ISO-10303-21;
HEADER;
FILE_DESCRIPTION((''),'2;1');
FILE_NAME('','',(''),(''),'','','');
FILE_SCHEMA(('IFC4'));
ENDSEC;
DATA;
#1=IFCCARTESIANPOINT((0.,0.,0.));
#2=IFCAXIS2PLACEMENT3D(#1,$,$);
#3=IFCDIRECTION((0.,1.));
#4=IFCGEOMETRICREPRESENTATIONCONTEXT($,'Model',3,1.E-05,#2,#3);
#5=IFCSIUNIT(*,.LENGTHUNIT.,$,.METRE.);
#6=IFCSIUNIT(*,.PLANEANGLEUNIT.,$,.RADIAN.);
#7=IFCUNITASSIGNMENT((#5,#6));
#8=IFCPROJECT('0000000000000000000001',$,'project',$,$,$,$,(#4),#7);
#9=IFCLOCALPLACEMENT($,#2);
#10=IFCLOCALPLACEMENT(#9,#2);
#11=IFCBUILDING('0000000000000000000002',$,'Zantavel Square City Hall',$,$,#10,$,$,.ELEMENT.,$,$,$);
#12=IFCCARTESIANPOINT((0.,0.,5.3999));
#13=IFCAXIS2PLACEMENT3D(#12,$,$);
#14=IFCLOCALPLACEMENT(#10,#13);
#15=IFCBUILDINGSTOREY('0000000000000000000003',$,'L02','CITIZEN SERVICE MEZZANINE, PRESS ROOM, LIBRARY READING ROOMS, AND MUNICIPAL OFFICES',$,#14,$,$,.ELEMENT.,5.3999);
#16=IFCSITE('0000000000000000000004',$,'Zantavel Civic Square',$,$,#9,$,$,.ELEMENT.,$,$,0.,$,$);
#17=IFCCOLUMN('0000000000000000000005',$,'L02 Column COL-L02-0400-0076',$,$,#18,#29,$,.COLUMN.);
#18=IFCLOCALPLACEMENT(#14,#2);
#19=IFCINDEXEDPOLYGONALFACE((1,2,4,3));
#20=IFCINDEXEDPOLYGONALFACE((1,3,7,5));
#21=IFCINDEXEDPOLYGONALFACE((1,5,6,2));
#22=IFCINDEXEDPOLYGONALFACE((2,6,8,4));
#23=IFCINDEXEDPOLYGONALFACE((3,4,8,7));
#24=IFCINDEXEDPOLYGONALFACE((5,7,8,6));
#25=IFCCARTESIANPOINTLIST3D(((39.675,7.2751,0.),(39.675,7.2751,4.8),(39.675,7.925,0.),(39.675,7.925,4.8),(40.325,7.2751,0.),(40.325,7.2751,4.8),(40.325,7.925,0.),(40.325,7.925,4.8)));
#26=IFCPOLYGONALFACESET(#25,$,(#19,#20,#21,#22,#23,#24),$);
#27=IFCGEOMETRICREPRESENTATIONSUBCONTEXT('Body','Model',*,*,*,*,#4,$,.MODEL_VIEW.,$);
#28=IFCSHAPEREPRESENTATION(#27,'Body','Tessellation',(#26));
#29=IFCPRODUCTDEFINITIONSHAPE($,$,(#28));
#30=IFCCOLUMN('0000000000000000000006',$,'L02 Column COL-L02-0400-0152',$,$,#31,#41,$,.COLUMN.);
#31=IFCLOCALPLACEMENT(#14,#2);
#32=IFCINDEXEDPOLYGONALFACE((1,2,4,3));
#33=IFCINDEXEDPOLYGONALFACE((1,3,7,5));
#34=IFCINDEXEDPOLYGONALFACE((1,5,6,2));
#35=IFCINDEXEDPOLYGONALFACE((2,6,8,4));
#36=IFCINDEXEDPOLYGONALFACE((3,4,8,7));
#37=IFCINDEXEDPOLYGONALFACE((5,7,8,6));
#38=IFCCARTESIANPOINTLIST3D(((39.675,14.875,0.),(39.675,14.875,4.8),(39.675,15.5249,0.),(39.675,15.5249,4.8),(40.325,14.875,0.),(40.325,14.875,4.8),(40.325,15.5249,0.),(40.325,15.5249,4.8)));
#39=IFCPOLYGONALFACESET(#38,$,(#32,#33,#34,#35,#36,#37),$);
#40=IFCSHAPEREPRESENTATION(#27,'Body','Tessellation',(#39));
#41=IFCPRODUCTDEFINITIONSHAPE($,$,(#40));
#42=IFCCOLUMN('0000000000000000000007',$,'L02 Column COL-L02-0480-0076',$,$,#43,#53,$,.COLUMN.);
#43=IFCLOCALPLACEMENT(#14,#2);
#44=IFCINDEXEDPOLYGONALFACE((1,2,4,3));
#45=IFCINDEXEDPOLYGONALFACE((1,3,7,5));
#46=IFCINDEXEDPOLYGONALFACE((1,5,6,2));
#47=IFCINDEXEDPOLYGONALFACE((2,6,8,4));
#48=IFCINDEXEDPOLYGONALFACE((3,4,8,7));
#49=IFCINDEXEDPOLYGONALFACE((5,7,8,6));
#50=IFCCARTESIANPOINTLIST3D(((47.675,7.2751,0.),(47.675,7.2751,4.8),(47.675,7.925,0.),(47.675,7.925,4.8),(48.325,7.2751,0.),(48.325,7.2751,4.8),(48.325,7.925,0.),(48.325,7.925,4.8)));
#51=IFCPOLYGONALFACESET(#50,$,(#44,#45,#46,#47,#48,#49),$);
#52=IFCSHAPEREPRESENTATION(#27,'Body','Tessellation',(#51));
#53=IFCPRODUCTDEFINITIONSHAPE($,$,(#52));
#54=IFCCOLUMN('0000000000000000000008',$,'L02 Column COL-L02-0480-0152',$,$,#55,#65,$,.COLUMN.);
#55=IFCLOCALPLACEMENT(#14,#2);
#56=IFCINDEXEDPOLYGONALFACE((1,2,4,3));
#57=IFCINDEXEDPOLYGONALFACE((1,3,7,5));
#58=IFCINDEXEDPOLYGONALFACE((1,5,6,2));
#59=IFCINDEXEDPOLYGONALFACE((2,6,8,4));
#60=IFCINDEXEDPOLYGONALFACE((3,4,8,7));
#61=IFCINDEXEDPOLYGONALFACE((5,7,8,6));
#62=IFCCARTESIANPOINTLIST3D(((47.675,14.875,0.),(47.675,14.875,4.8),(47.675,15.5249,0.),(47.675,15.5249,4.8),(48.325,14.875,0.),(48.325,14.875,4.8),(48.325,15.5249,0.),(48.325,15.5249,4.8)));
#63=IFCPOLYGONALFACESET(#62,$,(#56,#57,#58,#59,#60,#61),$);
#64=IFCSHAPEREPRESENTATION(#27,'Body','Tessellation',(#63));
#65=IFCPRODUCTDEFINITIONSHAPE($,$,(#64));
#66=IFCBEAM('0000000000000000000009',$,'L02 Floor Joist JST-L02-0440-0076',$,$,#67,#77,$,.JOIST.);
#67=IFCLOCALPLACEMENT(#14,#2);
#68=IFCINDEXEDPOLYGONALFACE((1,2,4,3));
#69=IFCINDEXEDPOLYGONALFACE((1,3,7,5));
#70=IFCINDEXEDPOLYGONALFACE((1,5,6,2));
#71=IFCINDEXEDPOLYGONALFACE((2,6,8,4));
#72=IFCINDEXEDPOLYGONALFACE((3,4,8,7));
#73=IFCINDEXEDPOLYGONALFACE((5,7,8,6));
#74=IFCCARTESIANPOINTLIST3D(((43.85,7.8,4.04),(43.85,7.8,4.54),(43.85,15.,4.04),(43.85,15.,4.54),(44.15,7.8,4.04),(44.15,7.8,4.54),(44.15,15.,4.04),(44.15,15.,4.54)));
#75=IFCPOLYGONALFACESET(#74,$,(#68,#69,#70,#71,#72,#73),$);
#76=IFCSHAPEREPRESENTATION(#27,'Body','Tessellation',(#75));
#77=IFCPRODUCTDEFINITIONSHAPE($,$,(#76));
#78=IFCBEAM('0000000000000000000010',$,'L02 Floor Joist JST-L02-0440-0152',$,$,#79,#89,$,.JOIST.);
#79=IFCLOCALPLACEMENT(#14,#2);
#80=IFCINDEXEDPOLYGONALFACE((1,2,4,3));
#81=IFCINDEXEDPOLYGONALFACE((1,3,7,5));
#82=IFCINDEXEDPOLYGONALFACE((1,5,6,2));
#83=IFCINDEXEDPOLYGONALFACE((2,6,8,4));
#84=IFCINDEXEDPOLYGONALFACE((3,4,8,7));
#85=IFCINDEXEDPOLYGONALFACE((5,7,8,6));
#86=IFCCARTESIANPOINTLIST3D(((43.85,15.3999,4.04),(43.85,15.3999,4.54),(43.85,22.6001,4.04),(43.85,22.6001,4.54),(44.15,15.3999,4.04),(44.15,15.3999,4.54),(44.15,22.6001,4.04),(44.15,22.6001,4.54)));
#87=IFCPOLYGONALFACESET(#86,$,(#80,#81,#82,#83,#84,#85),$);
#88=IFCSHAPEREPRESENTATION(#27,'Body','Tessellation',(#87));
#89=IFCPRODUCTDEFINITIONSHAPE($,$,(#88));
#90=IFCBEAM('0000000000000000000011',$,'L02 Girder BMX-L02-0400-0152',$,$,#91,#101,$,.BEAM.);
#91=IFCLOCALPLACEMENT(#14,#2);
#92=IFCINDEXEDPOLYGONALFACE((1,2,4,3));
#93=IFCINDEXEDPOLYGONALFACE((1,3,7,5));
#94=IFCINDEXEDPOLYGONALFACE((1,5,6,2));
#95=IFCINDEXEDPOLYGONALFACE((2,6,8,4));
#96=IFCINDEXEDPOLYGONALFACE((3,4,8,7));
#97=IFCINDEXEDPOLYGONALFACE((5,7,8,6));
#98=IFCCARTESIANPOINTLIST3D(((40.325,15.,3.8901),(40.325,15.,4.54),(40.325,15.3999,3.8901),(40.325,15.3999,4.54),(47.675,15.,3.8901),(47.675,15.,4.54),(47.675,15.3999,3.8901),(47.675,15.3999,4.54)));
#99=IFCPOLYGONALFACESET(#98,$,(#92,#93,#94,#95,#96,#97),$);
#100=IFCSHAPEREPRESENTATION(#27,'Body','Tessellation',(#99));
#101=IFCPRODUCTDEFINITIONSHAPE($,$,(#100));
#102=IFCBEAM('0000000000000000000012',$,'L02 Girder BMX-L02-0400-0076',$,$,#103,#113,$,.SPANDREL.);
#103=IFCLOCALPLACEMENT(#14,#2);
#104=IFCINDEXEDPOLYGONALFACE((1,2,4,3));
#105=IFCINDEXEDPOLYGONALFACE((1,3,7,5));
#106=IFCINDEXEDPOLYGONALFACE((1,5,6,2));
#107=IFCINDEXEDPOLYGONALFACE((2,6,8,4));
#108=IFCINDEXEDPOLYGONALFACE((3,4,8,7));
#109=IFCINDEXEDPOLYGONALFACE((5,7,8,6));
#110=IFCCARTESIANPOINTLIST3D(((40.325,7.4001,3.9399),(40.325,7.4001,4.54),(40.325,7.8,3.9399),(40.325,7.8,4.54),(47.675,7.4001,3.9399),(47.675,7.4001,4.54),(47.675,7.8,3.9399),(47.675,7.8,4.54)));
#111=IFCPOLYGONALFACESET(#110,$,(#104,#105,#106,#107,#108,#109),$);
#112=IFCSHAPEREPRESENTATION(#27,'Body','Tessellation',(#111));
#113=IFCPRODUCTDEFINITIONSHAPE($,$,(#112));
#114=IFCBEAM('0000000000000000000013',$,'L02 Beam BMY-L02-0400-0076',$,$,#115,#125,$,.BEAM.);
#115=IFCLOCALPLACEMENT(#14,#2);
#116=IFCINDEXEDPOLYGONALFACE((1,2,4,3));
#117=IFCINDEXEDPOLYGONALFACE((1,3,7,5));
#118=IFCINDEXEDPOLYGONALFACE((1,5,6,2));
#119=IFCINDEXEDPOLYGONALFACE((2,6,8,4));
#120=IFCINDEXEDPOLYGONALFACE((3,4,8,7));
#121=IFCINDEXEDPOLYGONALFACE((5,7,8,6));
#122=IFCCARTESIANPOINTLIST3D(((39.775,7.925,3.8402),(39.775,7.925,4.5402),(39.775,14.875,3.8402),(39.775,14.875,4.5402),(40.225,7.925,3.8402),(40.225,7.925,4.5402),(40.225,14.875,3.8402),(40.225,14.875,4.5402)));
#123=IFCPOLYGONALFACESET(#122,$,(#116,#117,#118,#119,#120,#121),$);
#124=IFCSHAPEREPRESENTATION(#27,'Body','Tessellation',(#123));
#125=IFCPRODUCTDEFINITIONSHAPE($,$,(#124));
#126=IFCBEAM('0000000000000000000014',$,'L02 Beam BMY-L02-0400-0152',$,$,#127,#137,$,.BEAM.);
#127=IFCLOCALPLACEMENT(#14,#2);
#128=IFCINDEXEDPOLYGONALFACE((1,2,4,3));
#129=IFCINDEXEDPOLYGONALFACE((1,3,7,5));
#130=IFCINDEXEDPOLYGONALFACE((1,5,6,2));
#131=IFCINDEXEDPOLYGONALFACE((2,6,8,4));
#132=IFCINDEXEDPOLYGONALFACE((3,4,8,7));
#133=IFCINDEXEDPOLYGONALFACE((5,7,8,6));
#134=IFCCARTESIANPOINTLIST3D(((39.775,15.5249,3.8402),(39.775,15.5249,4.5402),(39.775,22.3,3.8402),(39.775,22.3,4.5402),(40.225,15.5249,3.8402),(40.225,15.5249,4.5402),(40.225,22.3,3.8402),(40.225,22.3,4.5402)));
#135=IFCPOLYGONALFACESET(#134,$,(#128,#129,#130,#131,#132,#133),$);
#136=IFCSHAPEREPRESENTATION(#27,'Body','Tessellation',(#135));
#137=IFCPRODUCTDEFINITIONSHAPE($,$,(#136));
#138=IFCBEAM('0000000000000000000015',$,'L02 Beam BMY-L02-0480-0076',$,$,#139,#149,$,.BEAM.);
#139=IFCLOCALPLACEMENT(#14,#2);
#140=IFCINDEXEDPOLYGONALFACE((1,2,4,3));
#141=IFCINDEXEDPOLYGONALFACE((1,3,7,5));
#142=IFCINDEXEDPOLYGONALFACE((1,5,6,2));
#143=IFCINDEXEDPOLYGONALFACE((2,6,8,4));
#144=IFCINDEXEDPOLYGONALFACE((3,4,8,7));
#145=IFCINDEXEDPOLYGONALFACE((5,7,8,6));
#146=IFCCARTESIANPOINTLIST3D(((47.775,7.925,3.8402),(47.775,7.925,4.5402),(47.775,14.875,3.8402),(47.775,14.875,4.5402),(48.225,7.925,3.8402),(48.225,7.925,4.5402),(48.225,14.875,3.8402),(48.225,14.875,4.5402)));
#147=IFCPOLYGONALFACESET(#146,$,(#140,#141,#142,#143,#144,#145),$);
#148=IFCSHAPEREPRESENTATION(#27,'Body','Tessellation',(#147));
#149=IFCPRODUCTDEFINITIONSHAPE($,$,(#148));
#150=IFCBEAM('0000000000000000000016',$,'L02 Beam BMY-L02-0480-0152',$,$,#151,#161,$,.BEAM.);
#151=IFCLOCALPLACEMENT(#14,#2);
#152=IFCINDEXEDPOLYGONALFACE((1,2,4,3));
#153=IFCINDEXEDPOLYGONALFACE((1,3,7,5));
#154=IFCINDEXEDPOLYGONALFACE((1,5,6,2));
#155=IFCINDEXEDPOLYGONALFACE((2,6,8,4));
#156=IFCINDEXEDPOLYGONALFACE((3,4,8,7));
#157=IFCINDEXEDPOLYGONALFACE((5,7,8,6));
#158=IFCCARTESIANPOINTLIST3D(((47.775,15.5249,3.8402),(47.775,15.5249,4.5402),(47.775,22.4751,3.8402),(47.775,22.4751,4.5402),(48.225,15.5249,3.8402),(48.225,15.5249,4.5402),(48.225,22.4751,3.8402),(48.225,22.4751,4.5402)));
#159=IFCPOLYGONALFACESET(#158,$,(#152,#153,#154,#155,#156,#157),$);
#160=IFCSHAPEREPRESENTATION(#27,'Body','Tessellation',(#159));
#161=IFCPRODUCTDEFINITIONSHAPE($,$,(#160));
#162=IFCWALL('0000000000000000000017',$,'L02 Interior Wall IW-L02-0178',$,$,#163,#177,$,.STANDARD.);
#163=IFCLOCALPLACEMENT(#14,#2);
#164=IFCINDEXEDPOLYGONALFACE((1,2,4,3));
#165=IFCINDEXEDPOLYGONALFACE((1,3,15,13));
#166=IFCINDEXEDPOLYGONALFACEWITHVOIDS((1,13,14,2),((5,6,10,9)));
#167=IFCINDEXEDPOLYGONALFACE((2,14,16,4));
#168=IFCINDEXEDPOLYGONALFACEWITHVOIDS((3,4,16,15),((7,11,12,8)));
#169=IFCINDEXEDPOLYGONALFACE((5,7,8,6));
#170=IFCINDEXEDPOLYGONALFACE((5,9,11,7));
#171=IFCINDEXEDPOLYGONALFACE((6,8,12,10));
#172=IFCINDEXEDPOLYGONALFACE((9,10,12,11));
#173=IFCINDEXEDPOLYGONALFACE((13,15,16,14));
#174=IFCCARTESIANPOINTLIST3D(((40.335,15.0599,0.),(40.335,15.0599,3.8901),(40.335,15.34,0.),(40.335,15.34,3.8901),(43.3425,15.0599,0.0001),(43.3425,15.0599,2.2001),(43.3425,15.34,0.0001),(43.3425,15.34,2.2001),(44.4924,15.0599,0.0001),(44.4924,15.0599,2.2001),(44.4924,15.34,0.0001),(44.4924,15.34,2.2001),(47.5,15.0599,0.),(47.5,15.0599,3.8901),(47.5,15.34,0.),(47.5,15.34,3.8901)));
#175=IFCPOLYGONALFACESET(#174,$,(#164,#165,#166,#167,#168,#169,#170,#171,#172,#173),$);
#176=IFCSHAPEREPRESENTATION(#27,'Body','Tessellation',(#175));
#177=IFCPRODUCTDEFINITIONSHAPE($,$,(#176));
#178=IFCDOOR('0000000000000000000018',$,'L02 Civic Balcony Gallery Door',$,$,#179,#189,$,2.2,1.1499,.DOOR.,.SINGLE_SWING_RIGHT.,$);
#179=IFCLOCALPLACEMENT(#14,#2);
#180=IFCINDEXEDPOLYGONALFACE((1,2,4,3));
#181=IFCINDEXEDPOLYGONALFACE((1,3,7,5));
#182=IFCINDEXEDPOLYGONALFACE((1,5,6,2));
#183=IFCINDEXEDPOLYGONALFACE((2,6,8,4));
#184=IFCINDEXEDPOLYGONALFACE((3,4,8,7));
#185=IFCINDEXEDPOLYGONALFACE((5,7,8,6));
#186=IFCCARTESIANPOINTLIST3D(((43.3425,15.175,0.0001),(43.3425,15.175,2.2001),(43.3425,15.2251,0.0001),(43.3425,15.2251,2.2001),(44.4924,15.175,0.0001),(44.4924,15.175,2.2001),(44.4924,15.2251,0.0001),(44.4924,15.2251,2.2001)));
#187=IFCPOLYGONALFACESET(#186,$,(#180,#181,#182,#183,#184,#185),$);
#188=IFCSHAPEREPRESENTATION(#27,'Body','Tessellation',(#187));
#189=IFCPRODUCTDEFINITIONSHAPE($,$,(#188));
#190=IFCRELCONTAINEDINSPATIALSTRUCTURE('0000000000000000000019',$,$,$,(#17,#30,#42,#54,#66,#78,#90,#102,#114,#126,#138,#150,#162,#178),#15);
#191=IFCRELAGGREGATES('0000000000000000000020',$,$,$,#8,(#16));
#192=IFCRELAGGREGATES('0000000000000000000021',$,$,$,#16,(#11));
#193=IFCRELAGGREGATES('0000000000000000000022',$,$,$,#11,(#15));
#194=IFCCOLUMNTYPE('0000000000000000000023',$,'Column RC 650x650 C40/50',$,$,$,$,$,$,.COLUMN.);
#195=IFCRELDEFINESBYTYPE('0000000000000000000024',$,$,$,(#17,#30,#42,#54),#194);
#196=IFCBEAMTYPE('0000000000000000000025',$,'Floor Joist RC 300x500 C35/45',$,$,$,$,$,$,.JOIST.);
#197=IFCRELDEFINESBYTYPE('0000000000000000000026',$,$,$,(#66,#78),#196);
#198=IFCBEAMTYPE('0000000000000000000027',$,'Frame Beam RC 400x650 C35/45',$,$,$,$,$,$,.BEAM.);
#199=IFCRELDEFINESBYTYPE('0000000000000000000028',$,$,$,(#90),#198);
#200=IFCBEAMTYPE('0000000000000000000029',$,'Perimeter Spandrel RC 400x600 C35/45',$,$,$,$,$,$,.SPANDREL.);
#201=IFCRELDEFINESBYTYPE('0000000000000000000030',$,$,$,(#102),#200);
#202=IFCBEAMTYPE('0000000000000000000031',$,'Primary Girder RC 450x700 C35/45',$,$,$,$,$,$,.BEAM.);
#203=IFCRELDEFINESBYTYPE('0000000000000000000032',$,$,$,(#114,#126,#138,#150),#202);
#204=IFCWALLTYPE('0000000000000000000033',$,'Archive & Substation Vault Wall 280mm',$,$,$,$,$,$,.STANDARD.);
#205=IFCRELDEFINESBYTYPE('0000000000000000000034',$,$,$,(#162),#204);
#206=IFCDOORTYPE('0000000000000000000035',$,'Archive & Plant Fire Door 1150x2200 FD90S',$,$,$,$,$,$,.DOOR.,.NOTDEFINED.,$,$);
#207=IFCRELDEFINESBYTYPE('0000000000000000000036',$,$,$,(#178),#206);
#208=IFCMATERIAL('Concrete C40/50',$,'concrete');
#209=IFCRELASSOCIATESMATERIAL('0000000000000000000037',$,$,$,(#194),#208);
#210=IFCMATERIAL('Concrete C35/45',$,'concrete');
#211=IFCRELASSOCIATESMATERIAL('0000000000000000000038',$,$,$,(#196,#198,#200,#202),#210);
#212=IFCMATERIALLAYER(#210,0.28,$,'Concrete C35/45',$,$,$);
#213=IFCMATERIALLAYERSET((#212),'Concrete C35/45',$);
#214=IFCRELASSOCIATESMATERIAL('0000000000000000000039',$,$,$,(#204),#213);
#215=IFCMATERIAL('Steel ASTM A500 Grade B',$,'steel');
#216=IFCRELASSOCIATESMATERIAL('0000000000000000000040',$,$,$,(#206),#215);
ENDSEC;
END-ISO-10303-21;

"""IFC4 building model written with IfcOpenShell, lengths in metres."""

from ifc_helpers import new_model, si_unit, direction, frame, frame_2d, origin, origin_2d, place, context, subcontext, project, spatial, rectangle, extrude, material, layer, layer_set, material_profile, profile_set, type_object, element, fill, save


model = new_model("IFC4")

# Units and contexts
model_context = context("Model", 3, precision=1e-05, world=origin(), true_north=direction((0.0, 1.0)))
body_context = subcontext(model_context, "Body", "Model", "MODEL_VIEW")
ifc_project = project(units=[si_unit("LENGTHUNIT", "METRE"), si_unit("PLANEANGLEUNIT", "RADIAN")], contexts=[model_context])

# Site, building, storey
site_placement = place(None, origin())
site = spatial("IfcSite", under=ifc_project, at=site_placement, Name="Zantavel Civic Square", CompositionType="ELEMENT", RefElevation=0.0)
building_placement = place(site_placement, origin())
building = spatial("IfcBuilding", under=site, at=building_placement, Name="Zantavel Square City Hall", CompositionType="ELEMENT")
storey_placement = place(building_placement, frame((0.0, 0.0, 5.3999)))
storey = spatial("IfcBuildingStorey", under=building, at=storey_placement, Name="L02", Description="CITIZEN SERVICE MEZZANINE, PRESS ROOM, LIBRARY READING ROOMS, AND MUNICIPAL OFFICES", CompositionType="ELEMENT", Elevation=5.3999)

# Columns
ifc_material_1 = material(Name="Concrete C40/50", Category="concrete")
ifc_material_profile_1 = material_profile(ifc_material_1, rectangle(XDim=0.6499, YDim=0.6499, at=origin_2d()), Name="RC 650x650")
ifc_profile_set_1 = profile_set([ifc_material_profile_1], Name="Concrete C40/50")
column_type = type_object("IfcColumnType", Name="Column RC 650x650 C40/50", PredefinedType="COLUMN", material=ifc_profile_set_1)
for number, where, z_axis, x_axis, name in (
    (1, (40.0, 7.6001, 0.0), (0.0, 0.0, 1.0), (1.0, 0.0, 0.0), "L02 Column COL-L02-0400-0076"),
    (2, (40.0, 15.2, 0.0), (0.0, 0.0, 1.0), (1.0, 0.0, 0.0), "L02 Column COL-L02-0400-0152"),
    (3, (48.0, 7.6001, 0.0), (0.0, 0.0, 1.0), (1.0, 0.0, 0.0), "L02 Column COL-L02-0480-0076"),
    (4, (48.0, 15.2, 0.0), (0.0, 0.0, 1.0), (1.0, 0.0, 0.0), "L02 Column COL-L02-0480-0152"),
):
    element("IfcColumn", number, at=place(storey_placement, frame(where, z_axis=z_axis, x_axis=x_axis)), inside=storey, type_object=column_type, Name=name, PredefinedType="COLUMN", context=body_context, shape_type="SweptSolid", body=[
        extrude(rectangle(XDim=0.6499, YDim=0.6499, at=origin_2d()), origin(), (0.0, 0.0, 1.0), 4.8),
    ])

# Beams
ifc_material_2 = material(Name="Concrete C35/45", Category="concrete")
ifc_material_profile_2 = material_profile(ifc_material_2, rectangle(XDim=0.3, YDim=0.5, at=origin_2d()), Name="RC 300x500")
ifc_profile_set_2 = profile_set([ifc_material_profile_2], Name="Concrete C35/45")
beam_type_1 = type_object("IfcBeamType", Name="Floor Joist RC 300x500 C35/45", PredefinedType="JOIST", material=ifc_profile_set_2)
beam_1_placement = place(storey_placement, frame((44.0, 7.8, 4.29), z_axis=(0.0, 1.0, 0.0), x_axis=(-1.0, 0.0, 0.0)))
element("IfcBeam", 5, at=beam_1_placement, inside=storey, type_object=beam_type_1, Name="L02 Floor Joist JST-L02-0440-0076", PredefinedType="JOIST", context=body_context, shape_type="SweptSolid", body=[
    extrude(rectangle(XDim=0.3, YDim=0.5, at=origin_2d()), origin(), (0.0, 0.0, 1.0), 7.2),
])
beam_2_placement = place(storey_placement, frame((44.0, 15.3999, 4.29), z_axis=(0.0, 1.0, 0.0), x_axis=(-1.0, 0.0, 0.0)))
element("IfcBeam", 6, at=beam_2_placement, inside=storey, type_object=beam_type_1, Name="L02 Floor Joist JST-L02-0440-0152", PredefinedType="JOIST", context=body_context, shape_type="SweptSolid", body=[
    extrude(rectangle(XDim=0.3, YDim=0.5, at=origin_2d()), origin(), (0.0, 0.0, 1.0), 7.2002),
])
ifc_material_profile_3 = material_profile(ifc_material_2, rectangle(XDim=0.3999, YDim=0.6499, at=origin_2d()), Name="RC 400x650")
ifc_profile_set_3 = profile_set([ifc_material_profile_3], Name="Concrete C35/45")
beam_type_2 = type_object("IfcBeamType", Name="Frame Beam RC 400x650 C35/45", PredefinedType="BEAM", material=ifc_profile_set_3)
beam_3_placement = place(storey_placement, frame((40.325, 15.2, 4.2151), z_axis=(1.0, 0.0, 0.0), x_axis=(0.0, 1.0, 0.0)))
element("IfcBeam", 7, at=beam_3_placement, inside=storey, type_object=beam_type_2, Name="L02 Girder BMX-L02-0400-0152", PredefinedType="BEAM", context=body_context, shape_type="SweptSolid", body=[
    extrude(rectangle(XDim=0.3999, YDim=0.6499, at=origin_2d()), origin(), (0.0, 0.0, 1.0), 7.3501),
])
ifc_material_profile_4 = material_profile(ifc_material_2, rectangle(XDim=0.3999, YDim=0.6001, at=origin_2d()), Name="RC 400x600")
ifc_profile_set_4 = profile_set([ifc_material_profile_4], Name="Concrete C35/45")
beam_type_3 = type_object("IfcBeamType", Name="Perimeter Spandrel RC 400x600 C35/45", PredefinedType="SPANDREL", material=ifc_profile_set_4)
beam_4_placement = place(storey_placement, frame((40.325, 7.6001, 4.24), z_axis=(1.0, 0.0, 0.0), x_axis=(0.0, 1.0, 0.0)))
element("IfcBeam", 8, at=beam_4_placement, inside=storey, type_object=beam_type_3, Name="L02 Girder BMX-L02-0400-0076", PredefinedType="SPANDREL", context=body_context, shape_type="SweptSolid", body=[
    extrude(rectangle(XDim=0.3999, YDim=0.6001, at=origin_2d()), origin(), (0.0, 0.0, 1.0), 7.3501),
])
ifc_material_profile_5 = material_profile(ifc_material_2, rectangle(XDim=0.45, YDim=0.7, at=origin_2d()), Name="RC 450x700")
ifc_profile_set_5 = profile_set([ifc_material_profile_5], Name="Concrete C35/45")
beam_type_4 = type_object("IfcBeamType", Name="Primary Girder RC 450x700 C35/45", PredefinedType="BEAM", material=ifc_profile_set_5)
beam_5_placement = place(storey_placement, frame((40.0, 7.925, 4.1902), z_axis=(0.0, 1.0, 0.0), x_axis=(-1.0, 0.0, 0.0)))
element("IfcBeam", 9, at=beam_5_placement, inside=storey, type_object=beam_type_4, Name="L02 Beam BMY-L02-0400-0076", PredefinedType="BEAM", context=body_context, shape_type="SweptSolid", body=[
    extrude(rectangle(XDim=0.45, YDim=0.7, at=origin_2d()), origin(), (0.0, 0.0, 1.0), 6.95),
])
beam_6_placement = place(storey_placement, frame((40.0, 15.5249, 4.1902), z_axis=(0.0, 1.0, 0.0), x_axis=(-1.0, 0.0, 0.0)))
element("IfcBeam", 10, at=beam_6_placement, inside=storey, type_object=beam_type_4, Name="L02 Beam BMY-L02-0400-0152", PredefinedType="BEAM", context=body_context, shape_type="SweptSolid", body=[
    extrude(rectangle(XDim=0.45, YDim=0.7, at=origin_2d()), origin(), (0.0, 0.0, 1.0), 6.7751),
])
beam_7_placement = place(storey_placement, frame((48.0, 7.925, 4.1902), z_axis=(0.0, 1.0, 0.0), x_axis=(-1.0, 0.0, 0.0)))
element("IfcBeam", 11, at=beam_7_placement, inside=storey, type_object=beam_type_4, Name="L02 Beam BMY-L02-0480-0076", PredefinedType="BEAM", context=body_context, shape_type="SweptSolid", body=[
    extrude(rectangle(XDim=0.45, YDim=0.7, at=origin_2d()), origin(), (0.0, 0.0, 1.0), 6.95),
])
beam_8_placement = place(storey_placement, frame((48.0, 15.5249, 4.1902), z_axis=(0.0, 1.0, 0.0), x_axis=(-1.0, 0.0, 0.0)))
element("IfcBeam", 12, at=beam_8_placement, inside=storey, type_object=beam_type_4, Name="L02 Beam BMY-L02-0480-0152", PredefinedType="BEAM", context=body_context, shape_type="SweptSolid", body=[
    extrude(rectangle(XDim=0.45, YDim=0.7, at=origin_2d()), origin(), (0.0, 0.0, 1.0), 6.9502),
])

# Wall, opening, door
ifc_layer_1 = layer(ifc_material_2, 0.28, Name="Concrete C35/45")
ifc_layer_set_1 = layer_set([ifc_layer_1], Name="Concrete C35/45")
wall_type_1 = type_object("IfcWallType", Name="Archive & Substation Vault Wall 280mm", PredefinedType="STANDARD", material=ifc_layer_set_1)
wall_1_placement = place(storey_placement, frame((47.5, 15.2, 0.0), z_axis=(0.0, 0.0, 1.0), x_axis=(-1.0, 0.0, 0.0)))
wall_1 = element("IfcWall", 13, at=wall_1_placement, inside=storey, type_object=wall_type_1, Name="L02 Interior Wall IW-L02-0178", PredefinedType="STANDARD", context=body_context, shape_type="SweptSolid", body=[
    extrude(rectangle(XDim=7.165, YDim=0.28, at=frame_2d((3.5825, 0.0))), origin(), (0.0, 0.0, 1.0), 3.8901),
])
opening_1_placement = place(wall_1_placement, frame((3.0076, 0.0, 0.0)))
opening_1 = element("IfcOpeningElement", 14, at=opening_1_placement, cuts=wall_1, PredefinedType="OPENING", context=body_context, shape_type="SweptSolid", body=[
    extrude(rectangle(XDim=1.1499, YDim=2.2, at=frame_2d((0.575, 1.1001))), frame((0.0, 0.1499, 0.0), z_axis=(0.0, -1.0, 0.0), x_axis=(1.0, 0.0, 0.0)), (0.0, 0.0, 1.0), 0.3),
])
ifc_material_3 = material(Name="Steel ASTM A500 Grade B", Category="steel")
door_type = type_object("IfcDoorType", Name="Archive & Plant Fire Door 1150x2200 FD90S", OperationType="NOTDEFINED", PredefinedType="DOOR", material=ifc_material_3)
door_placement = place(opening_1_placement, origin())
door = element("IfcDoor", 15, at=door_placement, inside=storey, type_object=door_type, Name="L02 Civic Balcony Gallery Door", OperationType="SINGLE_SWING_RIGHT", OverallHeight=2.2, OverallWidth=1.1499, PredefinedType="DOOR", context=body_context, shape_type="SweptSolid", body=[
    extrude(rectangle(XDim=1.1499, YDim=2.2, at=frame_2d((0.575, 1.1001))), frame((0.0, 0.0249, 0.0), z_axis=(0.0, -1.0, 0.0), x_axis=(1.0, 0.0, 0.0)), (0.0, 0.0, 1.0), 0.05),
])
fill(opening_1, door)

save(model, "model.ifc")
